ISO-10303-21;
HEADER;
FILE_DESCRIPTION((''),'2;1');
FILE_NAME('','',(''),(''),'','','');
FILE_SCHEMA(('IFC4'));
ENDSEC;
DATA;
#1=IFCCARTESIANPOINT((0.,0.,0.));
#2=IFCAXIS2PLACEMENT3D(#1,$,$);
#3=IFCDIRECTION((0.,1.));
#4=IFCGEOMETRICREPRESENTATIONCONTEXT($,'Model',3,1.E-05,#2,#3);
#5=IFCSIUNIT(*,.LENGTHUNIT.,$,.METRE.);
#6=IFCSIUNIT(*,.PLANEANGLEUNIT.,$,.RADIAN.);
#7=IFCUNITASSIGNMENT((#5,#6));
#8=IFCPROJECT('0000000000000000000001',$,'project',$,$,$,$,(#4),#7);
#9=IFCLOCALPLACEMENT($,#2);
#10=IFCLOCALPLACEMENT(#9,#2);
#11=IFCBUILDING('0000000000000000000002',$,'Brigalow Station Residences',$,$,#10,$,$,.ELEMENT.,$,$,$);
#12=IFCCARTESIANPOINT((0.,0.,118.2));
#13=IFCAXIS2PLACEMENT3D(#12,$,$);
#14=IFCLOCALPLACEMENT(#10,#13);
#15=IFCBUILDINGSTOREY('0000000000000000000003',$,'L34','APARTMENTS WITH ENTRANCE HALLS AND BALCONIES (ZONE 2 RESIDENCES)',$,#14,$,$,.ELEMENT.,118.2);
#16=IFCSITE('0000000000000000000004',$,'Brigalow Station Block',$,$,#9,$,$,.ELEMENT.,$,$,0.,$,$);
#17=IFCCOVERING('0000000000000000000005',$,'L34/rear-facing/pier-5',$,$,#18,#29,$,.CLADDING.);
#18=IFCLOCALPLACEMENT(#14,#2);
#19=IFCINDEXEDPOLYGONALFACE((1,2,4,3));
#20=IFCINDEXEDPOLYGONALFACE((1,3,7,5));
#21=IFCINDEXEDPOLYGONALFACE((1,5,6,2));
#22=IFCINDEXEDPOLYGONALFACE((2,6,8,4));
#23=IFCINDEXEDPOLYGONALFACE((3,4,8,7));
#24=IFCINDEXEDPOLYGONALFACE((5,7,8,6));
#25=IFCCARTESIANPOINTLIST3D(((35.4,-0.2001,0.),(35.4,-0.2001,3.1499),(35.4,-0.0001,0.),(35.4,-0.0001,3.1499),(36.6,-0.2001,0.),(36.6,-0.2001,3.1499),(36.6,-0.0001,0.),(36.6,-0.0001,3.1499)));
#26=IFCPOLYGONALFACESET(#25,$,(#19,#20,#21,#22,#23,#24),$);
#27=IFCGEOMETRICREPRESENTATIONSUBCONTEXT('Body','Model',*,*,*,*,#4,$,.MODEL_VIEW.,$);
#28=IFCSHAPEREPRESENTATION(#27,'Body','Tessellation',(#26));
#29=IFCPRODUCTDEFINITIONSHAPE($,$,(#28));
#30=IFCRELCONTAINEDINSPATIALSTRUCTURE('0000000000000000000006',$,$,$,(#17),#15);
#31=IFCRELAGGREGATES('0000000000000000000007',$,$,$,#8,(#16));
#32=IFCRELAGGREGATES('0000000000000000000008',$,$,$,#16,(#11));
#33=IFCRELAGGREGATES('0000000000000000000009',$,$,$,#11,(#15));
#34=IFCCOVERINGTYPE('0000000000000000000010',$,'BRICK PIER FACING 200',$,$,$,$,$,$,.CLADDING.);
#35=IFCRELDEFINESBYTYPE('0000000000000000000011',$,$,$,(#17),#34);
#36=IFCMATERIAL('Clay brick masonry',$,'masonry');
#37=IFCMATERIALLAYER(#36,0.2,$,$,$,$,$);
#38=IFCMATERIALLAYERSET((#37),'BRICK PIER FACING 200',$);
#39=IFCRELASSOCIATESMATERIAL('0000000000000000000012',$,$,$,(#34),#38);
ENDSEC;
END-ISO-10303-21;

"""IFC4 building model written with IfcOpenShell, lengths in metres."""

from ifc_helpers import new_model, si_unit, direction, frame, origin, origin_2d, place, context, subcontext, project, spatial, rectangle, extrude, material, layer, layer_set, type_object, element, save


model = new_model("IFC4")

# Units and contexts
model_context = context("Model", 3, precision=1e-05, world=origin(), true_north=direction((0.0, 1.0)))
body_context = subcontext(model_context, "Body", "Model", "MODEL_VIEW")
ifc_project = project(units=[si_unit("LENGTHUNIT", "METRE"), si_unit("PLANEANGLEUNIT", "RADIAN")], contexts=[model_context])

# Site, building, storey
site_placement = place(None, origin())
site = spatial("IfcSite", under=ifc_project, at=site_placement, Name="Brigalow Station Block", CompositionType="ELEMENT", RefElevation=0.0)
building_placement = place(site_placement, origin())
building = spatial("IfcBuilding", under=site, at=building_placement, Name="Brigalow Station Residences", CompositionType="ELEMENT")
storey_placement = place(building_placement, frame((0.0, 0.0, 118.2)))
storey = spatial("IfcBuildingStorey", under=building, at=storey_placement, Name="L34", Description="APARTMENTS WITH ENTRANCE HALLS AND BALCONIES (ZONE 2 RESIDENCES)", CompositionType="ELEMENT", Elevation=118.2)

# Covering
ifc_material_1 = material(Name="Clay brick masonry", Category="masonry")
ifc_layer_1 = layer(ifc_material_1, 0.2)
ifc_layer_set_1 = layer_set([ifc_layer_1], Name="BRICK PIER FACING 200")
covering_type_1 = type_object("IfcCoveringType", Name="BRICK PIER FACING 200", PredefinedType="CLADDING", material=ifc_layer_set_1)
for number, where, z_axis, x_axis, name in (
    (1, (36.0, -0.1001, 0.0), (0.0, 0.0, 1.0), (1.0, 0.0, 0.0), "L34/rear-facing/pier-5"),
):
    element("IfcCovering", number, at=place(storey_placement, frame(where, z_axis=z_axis, x_axis=x_axis)), inside=storey, type_object=covering_type_1, Name=name, PredefinedType="CLADDING", context=body_context, shape_type="SweptSolid", body=[
        extrude(rectangle(XDim=1.2, YDim=0.2, at=origin_2d()), origin(), (0.0, 0.0, 1.0), 3.1499),
    ])

save(model, "model.ifc")
